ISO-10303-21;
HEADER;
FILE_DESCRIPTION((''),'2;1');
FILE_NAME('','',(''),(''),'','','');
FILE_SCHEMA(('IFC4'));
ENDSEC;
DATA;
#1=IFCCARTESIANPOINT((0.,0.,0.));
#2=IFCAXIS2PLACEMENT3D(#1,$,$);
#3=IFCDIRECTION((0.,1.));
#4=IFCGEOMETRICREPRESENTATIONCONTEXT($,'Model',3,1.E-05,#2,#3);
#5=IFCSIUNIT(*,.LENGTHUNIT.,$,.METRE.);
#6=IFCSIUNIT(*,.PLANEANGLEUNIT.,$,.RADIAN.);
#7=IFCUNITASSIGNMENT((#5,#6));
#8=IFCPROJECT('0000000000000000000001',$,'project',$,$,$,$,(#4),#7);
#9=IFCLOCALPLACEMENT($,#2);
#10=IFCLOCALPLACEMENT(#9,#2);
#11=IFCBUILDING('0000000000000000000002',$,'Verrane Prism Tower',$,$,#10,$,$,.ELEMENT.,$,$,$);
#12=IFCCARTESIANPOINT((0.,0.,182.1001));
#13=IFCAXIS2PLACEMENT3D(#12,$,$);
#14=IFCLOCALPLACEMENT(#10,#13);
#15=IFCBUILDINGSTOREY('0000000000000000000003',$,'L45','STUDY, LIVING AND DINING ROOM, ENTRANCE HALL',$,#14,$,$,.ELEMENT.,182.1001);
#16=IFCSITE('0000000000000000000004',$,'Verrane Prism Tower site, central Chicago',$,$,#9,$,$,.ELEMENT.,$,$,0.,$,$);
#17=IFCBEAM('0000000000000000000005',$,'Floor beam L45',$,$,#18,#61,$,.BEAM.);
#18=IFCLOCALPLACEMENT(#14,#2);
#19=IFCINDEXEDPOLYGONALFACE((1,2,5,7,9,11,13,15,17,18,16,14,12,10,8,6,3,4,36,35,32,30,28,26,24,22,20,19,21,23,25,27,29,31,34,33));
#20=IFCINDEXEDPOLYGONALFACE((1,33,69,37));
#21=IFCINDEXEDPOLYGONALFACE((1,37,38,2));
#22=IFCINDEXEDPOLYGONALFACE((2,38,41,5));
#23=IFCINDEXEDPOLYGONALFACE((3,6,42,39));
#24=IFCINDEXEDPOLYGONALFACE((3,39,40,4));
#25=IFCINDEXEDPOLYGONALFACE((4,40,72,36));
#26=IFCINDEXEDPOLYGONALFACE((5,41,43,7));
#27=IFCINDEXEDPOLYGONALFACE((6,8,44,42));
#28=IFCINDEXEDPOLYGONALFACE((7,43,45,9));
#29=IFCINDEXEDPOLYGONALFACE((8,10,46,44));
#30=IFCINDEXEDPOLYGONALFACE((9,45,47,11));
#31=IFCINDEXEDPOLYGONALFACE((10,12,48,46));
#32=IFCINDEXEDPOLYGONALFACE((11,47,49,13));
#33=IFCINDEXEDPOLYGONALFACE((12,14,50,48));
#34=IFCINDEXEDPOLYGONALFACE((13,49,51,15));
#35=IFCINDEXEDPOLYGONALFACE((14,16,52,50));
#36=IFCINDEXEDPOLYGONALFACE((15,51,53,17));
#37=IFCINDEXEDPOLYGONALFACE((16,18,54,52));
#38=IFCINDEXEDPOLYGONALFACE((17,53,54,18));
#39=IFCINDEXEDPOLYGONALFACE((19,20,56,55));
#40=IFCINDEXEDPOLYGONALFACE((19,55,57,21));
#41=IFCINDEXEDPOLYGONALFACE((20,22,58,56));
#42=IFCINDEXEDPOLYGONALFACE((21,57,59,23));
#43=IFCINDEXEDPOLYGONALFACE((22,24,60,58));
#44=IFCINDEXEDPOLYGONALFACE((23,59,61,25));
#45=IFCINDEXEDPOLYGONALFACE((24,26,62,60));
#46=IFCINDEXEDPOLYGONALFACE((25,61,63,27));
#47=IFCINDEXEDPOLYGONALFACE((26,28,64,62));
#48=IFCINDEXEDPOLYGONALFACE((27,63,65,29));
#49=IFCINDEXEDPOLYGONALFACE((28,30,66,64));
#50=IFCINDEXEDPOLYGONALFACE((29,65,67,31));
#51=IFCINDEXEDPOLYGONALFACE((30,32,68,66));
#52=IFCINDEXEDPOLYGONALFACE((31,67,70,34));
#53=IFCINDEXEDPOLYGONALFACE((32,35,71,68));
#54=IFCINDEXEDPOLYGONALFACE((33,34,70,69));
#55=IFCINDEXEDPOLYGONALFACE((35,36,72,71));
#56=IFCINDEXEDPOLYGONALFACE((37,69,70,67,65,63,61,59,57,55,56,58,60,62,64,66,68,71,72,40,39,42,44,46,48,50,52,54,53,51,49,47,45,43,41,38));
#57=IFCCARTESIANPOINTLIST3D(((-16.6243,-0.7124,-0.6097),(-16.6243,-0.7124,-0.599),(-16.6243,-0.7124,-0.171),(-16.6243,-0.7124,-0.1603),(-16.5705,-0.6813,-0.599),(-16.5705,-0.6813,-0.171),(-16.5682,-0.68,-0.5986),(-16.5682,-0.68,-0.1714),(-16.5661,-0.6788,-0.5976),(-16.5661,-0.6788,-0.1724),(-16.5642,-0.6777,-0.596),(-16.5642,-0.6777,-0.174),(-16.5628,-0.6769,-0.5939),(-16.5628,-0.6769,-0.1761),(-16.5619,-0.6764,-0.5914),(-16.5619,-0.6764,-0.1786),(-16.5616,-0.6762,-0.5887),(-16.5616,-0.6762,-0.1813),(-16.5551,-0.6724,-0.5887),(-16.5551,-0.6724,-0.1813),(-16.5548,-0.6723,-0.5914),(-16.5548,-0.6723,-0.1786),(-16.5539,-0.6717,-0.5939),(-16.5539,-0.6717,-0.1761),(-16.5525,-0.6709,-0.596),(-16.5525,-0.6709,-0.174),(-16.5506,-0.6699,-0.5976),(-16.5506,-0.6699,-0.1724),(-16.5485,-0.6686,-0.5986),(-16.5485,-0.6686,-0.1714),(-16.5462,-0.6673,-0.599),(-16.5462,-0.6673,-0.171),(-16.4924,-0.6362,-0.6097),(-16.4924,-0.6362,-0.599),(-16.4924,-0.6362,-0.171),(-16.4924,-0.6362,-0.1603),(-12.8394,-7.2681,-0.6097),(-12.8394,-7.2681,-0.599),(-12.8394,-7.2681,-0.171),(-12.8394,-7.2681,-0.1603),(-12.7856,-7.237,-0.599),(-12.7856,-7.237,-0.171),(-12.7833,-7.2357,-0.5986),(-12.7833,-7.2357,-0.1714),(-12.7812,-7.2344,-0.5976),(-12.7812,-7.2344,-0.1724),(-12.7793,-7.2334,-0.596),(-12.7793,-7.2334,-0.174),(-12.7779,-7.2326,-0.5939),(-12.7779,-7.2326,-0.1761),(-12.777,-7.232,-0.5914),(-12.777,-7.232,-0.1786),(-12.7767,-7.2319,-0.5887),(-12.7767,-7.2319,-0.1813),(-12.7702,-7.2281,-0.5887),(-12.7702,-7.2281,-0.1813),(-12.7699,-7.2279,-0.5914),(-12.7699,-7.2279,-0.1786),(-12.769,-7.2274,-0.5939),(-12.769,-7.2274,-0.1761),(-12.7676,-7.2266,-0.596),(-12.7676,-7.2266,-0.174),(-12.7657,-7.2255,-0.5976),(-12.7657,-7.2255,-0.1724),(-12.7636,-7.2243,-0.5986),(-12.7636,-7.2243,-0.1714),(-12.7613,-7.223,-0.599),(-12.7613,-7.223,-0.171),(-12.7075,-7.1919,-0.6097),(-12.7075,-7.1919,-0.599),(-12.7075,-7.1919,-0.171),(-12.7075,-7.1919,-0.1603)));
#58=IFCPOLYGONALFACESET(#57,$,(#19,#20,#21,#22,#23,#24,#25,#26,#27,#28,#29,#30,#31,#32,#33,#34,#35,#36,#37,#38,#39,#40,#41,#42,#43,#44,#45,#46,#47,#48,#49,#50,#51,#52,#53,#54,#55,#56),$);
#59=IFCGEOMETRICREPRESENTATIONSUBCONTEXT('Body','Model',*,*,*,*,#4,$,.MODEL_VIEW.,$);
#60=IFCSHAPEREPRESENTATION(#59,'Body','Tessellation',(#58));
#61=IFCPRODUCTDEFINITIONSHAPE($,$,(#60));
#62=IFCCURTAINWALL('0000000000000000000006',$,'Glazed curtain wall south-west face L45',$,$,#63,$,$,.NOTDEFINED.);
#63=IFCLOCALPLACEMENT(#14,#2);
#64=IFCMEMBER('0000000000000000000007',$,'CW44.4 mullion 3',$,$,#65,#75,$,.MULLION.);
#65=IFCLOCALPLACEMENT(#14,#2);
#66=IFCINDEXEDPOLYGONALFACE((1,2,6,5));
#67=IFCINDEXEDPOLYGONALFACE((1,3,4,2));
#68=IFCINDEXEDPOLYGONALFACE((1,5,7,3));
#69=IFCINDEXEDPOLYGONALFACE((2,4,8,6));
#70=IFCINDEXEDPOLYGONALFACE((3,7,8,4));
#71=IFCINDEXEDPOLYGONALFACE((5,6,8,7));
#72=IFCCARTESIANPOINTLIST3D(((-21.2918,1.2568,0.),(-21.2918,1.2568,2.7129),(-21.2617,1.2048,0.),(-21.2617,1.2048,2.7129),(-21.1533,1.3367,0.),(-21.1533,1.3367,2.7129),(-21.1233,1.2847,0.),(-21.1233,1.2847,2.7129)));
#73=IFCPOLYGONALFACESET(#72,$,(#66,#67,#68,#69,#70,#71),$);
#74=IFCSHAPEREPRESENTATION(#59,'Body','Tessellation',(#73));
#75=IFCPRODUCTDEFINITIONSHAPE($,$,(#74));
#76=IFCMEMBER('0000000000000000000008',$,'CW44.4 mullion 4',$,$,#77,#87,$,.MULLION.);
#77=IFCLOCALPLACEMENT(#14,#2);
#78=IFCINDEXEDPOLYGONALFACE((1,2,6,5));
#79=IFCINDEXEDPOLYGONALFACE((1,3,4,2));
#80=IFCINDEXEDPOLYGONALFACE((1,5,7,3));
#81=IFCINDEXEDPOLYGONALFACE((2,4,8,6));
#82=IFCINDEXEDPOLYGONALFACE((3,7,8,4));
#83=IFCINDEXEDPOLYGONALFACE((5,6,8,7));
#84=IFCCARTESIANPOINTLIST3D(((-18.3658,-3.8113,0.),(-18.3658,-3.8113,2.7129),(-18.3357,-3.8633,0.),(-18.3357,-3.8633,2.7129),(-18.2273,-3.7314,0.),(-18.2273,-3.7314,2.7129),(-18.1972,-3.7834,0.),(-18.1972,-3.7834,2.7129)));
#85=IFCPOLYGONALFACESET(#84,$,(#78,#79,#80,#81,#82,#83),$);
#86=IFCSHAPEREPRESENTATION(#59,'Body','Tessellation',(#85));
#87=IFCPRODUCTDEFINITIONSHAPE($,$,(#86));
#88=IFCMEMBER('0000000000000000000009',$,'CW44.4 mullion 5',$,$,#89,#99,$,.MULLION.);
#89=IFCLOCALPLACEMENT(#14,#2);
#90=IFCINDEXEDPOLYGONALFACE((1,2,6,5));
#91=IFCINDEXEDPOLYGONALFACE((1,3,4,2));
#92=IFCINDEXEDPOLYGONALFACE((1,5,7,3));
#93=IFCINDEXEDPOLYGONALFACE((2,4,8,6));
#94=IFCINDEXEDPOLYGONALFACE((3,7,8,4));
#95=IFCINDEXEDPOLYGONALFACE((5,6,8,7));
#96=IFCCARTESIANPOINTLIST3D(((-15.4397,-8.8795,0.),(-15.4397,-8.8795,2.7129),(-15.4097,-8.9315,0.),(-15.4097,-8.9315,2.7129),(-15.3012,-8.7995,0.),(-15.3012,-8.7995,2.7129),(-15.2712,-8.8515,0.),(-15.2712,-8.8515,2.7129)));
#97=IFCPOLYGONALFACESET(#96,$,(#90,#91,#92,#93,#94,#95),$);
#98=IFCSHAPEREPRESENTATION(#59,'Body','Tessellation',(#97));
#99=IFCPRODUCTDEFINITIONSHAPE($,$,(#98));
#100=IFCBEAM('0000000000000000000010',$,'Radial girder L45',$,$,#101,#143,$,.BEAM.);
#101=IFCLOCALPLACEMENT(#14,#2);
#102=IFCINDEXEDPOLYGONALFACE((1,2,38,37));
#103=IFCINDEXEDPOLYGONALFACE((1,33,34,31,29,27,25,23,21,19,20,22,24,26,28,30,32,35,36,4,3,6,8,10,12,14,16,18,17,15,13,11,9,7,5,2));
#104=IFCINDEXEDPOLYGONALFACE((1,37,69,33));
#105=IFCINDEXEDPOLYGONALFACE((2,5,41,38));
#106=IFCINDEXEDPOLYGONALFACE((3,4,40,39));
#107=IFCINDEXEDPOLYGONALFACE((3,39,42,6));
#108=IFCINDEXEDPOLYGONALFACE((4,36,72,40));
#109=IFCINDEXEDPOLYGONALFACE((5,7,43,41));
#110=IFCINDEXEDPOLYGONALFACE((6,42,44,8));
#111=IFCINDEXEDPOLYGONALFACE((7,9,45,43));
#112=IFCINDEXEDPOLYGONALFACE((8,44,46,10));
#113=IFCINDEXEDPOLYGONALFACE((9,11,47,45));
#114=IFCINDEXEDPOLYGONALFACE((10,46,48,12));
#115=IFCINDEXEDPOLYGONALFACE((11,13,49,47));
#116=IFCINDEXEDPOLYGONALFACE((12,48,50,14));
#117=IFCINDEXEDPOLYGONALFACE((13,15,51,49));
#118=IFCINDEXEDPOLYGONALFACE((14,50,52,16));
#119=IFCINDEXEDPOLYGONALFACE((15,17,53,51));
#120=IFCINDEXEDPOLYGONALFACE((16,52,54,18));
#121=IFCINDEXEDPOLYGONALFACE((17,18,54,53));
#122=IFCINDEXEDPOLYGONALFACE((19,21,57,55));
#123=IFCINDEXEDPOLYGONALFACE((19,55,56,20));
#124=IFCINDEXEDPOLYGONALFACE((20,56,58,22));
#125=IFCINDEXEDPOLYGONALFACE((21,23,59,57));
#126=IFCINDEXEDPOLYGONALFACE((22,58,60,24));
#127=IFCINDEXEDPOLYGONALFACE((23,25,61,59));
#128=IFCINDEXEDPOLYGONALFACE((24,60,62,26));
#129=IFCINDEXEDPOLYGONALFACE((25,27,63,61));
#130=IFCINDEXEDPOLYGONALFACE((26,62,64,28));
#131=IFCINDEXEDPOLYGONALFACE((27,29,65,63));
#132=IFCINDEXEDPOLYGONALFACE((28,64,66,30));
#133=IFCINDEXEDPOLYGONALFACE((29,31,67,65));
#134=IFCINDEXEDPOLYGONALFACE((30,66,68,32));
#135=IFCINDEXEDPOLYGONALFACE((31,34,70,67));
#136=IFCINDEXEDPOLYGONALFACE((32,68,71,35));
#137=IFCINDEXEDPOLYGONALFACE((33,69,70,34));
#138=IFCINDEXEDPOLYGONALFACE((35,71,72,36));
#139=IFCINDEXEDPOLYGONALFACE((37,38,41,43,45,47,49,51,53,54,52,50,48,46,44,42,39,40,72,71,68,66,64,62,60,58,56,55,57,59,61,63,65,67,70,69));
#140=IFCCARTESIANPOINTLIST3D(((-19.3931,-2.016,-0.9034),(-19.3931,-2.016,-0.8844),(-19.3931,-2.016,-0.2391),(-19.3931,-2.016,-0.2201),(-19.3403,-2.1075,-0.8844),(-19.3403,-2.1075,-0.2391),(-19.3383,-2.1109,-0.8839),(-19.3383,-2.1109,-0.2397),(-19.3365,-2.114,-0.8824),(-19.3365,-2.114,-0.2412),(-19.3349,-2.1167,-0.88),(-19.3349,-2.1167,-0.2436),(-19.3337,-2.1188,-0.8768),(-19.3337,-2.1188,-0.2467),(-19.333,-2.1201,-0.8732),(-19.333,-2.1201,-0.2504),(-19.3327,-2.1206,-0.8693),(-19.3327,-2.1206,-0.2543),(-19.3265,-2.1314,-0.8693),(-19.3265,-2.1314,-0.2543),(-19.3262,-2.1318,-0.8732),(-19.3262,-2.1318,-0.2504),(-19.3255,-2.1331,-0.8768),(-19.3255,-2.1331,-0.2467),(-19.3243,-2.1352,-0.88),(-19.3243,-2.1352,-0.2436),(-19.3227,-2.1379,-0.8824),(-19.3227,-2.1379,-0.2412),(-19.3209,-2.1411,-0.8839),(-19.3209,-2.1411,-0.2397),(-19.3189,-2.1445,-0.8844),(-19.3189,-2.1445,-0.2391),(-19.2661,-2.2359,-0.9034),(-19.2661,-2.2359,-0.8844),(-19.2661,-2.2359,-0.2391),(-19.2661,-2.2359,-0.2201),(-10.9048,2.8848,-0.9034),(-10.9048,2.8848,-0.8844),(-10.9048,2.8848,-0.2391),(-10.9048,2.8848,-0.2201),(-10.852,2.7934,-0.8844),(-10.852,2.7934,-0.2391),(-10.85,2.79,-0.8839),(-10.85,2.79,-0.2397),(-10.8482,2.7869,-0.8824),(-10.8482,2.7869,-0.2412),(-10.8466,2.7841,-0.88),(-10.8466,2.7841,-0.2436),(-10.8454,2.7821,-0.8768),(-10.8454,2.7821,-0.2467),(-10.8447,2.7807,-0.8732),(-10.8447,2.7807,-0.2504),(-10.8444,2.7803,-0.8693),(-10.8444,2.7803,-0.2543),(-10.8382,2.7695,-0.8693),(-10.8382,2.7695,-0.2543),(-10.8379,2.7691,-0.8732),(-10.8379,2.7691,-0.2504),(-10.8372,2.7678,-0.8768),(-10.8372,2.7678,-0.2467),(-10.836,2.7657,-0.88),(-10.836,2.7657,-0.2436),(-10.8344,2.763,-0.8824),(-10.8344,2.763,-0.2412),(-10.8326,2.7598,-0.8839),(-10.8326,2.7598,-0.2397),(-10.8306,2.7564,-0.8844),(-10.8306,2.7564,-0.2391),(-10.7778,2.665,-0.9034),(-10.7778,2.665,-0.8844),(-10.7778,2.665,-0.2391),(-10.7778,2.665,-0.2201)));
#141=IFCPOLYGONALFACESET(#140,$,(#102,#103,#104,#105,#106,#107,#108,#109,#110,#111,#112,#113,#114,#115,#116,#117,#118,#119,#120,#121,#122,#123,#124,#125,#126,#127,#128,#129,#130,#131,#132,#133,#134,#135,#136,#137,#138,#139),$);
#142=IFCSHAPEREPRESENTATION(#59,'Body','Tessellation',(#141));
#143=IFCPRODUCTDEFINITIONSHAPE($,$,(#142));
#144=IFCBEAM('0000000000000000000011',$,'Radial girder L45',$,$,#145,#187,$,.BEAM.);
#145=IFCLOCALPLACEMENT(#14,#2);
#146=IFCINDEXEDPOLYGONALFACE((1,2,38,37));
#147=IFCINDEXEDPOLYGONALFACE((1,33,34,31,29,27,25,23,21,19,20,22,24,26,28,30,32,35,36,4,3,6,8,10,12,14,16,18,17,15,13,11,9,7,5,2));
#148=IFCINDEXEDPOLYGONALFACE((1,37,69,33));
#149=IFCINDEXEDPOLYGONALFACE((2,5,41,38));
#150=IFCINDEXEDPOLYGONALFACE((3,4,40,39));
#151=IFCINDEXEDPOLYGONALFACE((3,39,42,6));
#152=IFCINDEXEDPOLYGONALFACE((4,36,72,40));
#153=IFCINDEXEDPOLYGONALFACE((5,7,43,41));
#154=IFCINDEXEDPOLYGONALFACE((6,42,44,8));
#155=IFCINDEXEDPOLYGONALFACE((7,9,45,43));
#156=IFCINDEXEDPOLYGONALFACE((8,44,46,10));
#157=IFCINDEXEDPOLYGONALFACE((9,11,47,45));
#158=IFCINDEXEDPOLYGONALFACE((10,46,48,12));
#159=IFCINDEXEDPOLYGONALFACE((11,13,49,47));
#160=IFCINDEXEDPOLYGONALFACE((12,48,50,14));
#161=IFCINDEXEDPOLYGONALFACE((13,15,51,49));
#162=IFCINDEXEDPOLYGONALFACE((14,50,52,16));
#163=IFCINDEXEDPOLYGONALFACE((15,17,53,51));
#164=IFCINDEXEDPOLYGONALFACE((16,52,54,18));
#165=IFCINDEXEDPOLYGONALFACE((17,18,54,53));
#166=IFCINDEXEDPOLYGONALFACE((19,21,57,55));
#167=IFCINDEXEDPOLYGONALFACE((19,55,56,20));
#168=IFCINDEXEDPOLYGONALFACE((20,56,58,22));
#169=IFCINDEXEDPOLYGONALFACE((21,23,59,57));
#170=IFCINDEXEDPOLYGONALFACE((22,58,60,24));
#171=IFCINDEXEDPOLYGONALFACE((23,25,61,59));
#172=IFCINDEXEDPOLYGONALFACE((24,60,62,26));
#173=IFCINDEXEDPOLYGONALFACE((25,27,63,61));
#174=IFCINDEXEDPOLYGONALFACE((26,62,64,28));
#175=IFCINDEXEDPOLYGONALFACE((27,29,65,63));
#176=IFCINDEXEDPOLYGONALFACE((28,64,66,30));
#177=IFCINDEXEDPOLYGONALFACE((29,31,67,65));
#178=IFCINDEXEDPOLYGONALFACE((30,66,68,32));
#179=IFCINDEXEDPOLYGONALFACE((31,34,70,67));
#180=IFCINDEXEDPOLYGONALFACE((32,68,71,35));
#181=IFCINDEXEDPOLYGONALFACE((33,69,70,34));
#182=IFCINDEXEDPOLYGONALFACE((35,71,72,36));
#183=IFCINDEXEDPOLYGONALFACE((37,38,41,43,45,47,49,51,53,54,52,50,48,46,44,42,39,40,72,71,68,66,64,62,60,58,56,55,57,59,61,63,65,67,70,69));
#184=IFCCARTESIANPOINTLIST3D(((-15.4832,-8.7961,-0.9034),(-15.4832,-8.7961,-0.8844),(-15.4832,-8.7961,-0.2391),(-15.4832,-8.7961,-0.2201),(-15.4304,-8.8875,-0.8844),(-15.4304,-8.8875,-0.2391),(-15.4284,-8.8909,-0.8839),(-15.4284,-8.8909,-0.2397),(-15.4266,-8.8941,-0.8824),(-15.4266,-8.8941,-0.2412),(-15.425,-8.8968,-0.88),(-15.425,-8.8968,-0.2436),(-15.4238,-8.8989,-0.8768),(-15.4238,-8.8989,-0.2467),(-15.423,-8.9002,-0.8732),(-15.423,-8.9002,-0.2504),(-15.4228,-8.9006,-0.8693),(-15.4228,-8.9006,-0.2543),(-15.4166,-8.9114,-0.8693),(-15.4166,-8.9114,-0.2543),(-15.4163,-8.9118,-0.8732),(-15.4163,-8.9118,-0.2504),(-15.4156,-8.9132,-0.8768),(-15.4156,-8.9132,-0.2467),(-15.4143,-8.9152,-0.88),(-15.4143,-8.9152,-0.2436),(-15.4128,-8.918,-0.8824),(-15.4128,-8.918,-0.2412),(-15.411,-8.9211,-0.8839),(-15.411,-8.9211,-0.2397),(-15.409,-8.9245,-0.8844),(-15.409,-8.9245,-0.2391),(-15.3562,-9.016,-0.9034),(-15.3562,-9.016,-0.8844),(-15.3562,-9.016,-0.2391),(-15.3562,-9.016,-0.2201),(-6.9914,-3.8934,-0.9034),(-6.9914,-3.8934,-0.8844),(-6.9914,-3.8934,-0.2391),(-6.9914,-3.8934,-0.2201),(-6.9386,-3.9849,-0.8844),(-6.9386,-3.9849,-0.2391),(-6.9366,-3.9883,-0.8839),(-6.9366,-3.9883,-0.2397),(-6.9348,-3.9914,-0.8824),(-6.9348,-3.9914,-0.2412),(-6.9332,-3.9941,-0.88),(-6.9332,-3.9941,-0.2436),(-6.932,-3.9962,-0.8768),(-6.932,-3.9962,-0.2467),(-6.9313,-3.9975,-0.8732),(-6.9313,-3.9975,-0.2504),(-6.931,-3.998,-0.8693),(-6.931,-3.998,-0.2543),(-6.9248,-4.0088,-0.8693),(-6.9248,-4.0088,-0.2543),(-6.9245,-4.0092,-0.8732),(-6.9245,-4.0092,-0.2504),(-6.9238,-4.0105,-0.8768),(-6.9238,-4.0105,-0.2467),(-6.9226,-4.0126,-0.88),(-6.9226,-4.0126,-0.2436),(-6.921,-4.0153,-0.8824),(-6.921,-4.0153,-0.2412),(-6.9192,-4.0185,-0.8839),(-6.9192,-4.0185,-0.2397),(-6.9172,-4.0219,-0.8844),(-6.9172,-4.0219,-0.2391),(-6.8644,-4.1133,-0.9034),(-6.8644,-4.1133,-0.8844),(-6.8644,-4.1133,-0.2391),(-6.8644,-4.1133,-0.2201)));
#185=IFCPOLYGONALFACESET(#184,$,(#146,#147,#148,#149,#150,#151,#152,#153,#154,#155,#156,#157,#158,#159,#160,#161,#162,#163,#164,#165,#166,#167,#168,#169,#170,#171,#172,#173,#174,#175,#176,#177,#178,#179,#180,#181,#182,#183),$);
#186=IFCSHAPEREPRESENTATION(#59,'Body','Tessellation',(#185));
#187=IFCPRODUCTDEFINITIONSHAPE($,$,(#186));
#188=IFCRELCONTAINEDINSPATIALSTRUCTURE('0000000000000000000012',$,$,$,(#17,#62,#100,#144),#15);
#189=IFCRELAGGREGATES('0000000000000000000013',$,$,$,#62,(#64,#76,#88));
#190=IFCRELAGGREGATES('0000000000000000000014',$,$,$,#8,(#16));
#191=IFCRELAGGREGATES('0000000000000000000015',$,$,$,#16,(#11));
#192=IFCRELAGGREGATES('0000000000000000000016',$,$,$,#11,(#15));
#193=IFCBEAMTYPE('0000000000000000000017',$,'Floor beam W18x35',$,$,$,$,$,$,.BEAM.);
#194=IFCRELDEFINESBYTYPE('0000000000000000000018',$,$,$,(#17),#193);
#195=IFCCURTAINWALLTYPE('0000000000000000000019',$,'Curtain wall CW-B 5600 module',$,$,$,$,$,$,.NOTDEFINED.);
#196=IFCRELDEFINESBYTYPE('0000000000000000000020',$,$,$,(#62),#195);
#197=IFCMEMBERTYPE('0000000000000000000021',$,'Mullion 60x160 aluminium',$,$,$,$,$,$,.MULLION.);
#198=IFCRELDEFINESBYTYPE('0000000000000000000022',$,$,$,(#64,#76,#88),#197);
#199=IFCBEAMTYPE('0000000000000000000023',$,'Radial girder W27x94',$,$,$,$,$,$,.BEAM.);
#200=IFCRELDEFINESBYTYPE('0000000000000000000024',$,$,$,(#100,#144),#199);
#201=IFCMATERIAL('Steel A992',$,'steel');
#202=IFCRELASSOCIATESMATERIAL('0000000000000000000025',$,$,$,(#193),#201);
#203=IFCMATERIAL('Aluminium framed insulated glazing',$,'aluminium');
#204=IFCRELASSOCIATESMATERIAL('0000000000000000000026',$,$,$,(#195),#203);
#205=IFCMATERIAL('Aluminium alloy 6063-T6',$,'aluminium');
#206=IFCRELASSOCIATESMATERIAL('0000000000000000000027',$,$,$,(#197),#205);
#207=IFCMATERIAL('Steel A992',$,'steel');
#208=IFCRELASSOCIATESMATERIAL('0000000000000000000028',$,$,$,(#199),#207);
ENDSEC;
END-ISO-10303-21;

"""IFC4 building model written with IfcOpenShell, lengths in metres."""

from ifc_helpers import new_model, si_unit, direction, frame, origin, origin_2d, place, context, subcontext, project, spatial, rectangle, i_section, extrude, material, material_profile, profile_set, type_object, element, aggregate, save


model = new_model("IFC4")

# Units and contexts
model_context = context("Model", 3, precision=1e-05, world=origin(), true_north=direction((0.0, 1.0)))
body_context = subcontext(model_context, "Body", "Model", "MODEL_VIEW")
ifc_project = project(units=[si_unit("LENGTHUNIT", "METRE"), si_unit("PLANEANGLEUNIT", "RADIAN")], contexts=[model_context])

# Site, building, storey
site_placement = place(None, origin())
site = spatial("IfcSite", under=ifc_project, at=site_placement, Name="Verrane Prism Tower site, central Chicago", CompositionType="ELEMENT", RefElevation=0.0)
building_placement = place(site_placement, origin())
building = spatial("IfcBuilding", under=site, at=building_placement, Name="Verrane Prism Tower", CompositionType="ELEMENT")
storey_placement = place(building_placement, frame((0.0, 0.0, 182.1001)))
storey = spatial("IfcBuildingStorey", under=building, at=storey_placement, Name="L45", Description="STUDY, LIVING AND DINING ROOM, ENTRANCE HALL", CompositionType="ELEMENT", Elevation=182.1001)

# Beam
ifc_material_1 = material(Name="Steel A992", Category="steel")
ifc_material_profile_1 = material_profile(ifc_material_1, i_section(OverallWidth=0.1523, OverallDepth=0.4495, WebThickness=0.0076, FlangeThickness=0.0107, FilletRadius=0.0103, at=origin_2d()), Name="W18x35")
ifc_profile_set_1 = profile_set([ifc_material_profile_1], Name="Steel A992")
beam_type_1 = type_object("IfcBeamType", Name="Floor beam W18x35", PredefinedType="BEAM", material=ifc_profile_set_1)
beam_1_placement = place(storey_placement, frame((-12.7734, -7.23, -0.385), z_axis=(-0.5, 0.866026, 0.0), x_axis=(-0.866026, -0.5, 0.0)))
element("IfcBeam", 1, at=beam_1_placement, inside=storey, type_object=beam_type_1, Name="Floor beam L45", PredefinedType="BEAM", context=body_context, shape_type="SweptSolid", body=[
    extrude(i_section(OverallWidth=0.1523, OverallDepth=0.4495, WebThickness=0.0076, FlangeThickness=0.0107, FilletRadius=0.0103, at=origin_2d()), origin(), (0.0, 0.0, 1.0), 7.5698),
])

# Curtain wall, members
ifc_material_2 = material(Name="Aluminium framed insulated glazing", Category="aluminium")
curtain_wall_type = type_object("IfcCurtainWallType", Name="Curtain wall CW-B 5600 module", PredefinedType="NOTDEFINED", material=ifc_material_2)
curtain_wall_placement = place(storey_placement, origin())
curtain_wall = element("IfcCurtainWall", 2, at=curtain_wall_placement, inside=storey, type_object=curtain_wall_type, Name="Glazed curtain wall south-west face L45", PredefinedType="NOTDEFINED")
ifc_material_3 = material(Name="Aluminium alloy 6063-T6", Category="aluminium")
ifc_material_profile_2 = material_profile(ifc_material_3, rectangle(XDim=0.1599, YDim=0.0601, at=origin_2d()), Name="Mullion 60x160 aluminium")
ifc_profile_set_2 = profile_set([ifc_material_profile_2], Name="Aluminium alloy 6063-T6")
member_type_1 = type_object("IfcMemberType", Name="Mullion 60x160 aluminium", PredefinedType="MULLION", material=ifc_profile_set_2)
member_1_placement = place(storey_placement, frame((-21.2075, 1.2708, 0.0), z_axis=(0.0, 0.0, 1.0), x_axis=(0.866026, 0.499999, 0.0)))
member_1 = element("IfcMember", 3, at=member_1_placement, type_object=member_type_1, Name="CW44.4 mullion 3", PredefinedType="MULLION", context=body_context, shape_type="SweptSolid", body=[
    extrude(rectangle(XDim=0.1599, YDim=0.0601, at=origin_2d()), origin(), (0.0, 0.0, 1.0), 2.7129),
])
member_2_placement = place(storey_placement, frame((-18.2815, -3.7974, 0.0), z_axis=(0.0, 0.0, 1.0), x_axis=(0.866026, 0.499999, 0.0)))
member_2 = element("IfcMember", 4, at=member_2_placement, type_object=member_type_1, Name="CW44.4 mullion 4", PredefinedType="MULLION", context=body_context, shape_type="SweptSolid", body=[
    extrude(rectangle(XDim=0.1599, YDim=0.0601, at=origin_2d()), origin(), (0.0, 0.0, 1.0), 2.7129),
])
member_3_placement = place(storey_placement, frame((-15.3555, -8.8655, 0.0), z_axis=(0.0, 0.0, 1.0), x_axis=(0.866026, 0.499999, 0.0)))
member_3 = element("IfcMember", 5, at=member_3_placement, type_object=member_type_1, Name="CW44.4 mullion 5", PredefinedType="MULLION", context=body_context, shape_type="SweptSolid", body=[
    extrude(rectangle(XDim=0.1599, YDim=0.0601, at=origin_2d()), origin(), (0.0, 0.0, 1.0), 2.7129),
])

# Beams
ifc_material_4 = material(Name="Steel A992", Category="steel")
ifc_material_profile_3 = material_profile(ifc_material_4, i_section(OverallWidth=0.2539, OverallDepth=0.6833, WebThickness=0.0125, FlangeThickness=0.019, FilletRadius=0.0151, at=origin_2d()), Name="W27x94")
ifc_profile_set_3 = profile_set([ifc_material_profile_3], Name="Steel A992")
beam_type_2 = type_object("IfcBeamType", Name="Radial girder W27x94", PredefinedType="BEAM", material=ifc_profile_set_3)
beam_2_placement = place(storey_placement, frame((-19.3296, -2.126, -0.5618), z_axis=(0.866018, 0.500013, 0.0), x_axis=(-0.500013, 0.866018, 0.0)))
element("IfcBeam", 6, at=beam_2_placement, inside=storey, type_object=beam_type_2, Name="Radial girder L45", PredefinedType="BEAM", context=body_context, shape_type="SweptSolid", body=[
    extrude(i_section(OverallWidth=0.2539, OverallDepth=0.6833, WebThickness=0.0125, FlangeThickness=0.019, FilletRadius=0.0151, at=origin_2d()), origin(), (0.0, 0.0, 1.0), 9.8015),
])
beam_3_placement = place(storey_placement, frame((-15.4197, -8.906, -0.5618), z_axis=(0.86603, 0.499993, 0.0), x_axis=(-0.499993, 0.86603, 0.0)))
element("IfcBeam", 7, at=beam_3_placement, inside=storey, type_object=beam_type_2, Name="Radial girder L45", PredefinedType="BEAM", context=body_context, shape_type="SweptSolid", body=[
    extrude(i_section(OverallWidth=0.2539, OverallDepth=0.6833, WebThickness=0.0125, FlangeThickness=0.019, FilletRadius=0.0151, at=origin_2d()), origin(), (0.0, 0.0, 1.0), 9.8054),
])

aggregate(curtain_wall, [member_1, member_2, member_3])

save(model, "model.ifc")
